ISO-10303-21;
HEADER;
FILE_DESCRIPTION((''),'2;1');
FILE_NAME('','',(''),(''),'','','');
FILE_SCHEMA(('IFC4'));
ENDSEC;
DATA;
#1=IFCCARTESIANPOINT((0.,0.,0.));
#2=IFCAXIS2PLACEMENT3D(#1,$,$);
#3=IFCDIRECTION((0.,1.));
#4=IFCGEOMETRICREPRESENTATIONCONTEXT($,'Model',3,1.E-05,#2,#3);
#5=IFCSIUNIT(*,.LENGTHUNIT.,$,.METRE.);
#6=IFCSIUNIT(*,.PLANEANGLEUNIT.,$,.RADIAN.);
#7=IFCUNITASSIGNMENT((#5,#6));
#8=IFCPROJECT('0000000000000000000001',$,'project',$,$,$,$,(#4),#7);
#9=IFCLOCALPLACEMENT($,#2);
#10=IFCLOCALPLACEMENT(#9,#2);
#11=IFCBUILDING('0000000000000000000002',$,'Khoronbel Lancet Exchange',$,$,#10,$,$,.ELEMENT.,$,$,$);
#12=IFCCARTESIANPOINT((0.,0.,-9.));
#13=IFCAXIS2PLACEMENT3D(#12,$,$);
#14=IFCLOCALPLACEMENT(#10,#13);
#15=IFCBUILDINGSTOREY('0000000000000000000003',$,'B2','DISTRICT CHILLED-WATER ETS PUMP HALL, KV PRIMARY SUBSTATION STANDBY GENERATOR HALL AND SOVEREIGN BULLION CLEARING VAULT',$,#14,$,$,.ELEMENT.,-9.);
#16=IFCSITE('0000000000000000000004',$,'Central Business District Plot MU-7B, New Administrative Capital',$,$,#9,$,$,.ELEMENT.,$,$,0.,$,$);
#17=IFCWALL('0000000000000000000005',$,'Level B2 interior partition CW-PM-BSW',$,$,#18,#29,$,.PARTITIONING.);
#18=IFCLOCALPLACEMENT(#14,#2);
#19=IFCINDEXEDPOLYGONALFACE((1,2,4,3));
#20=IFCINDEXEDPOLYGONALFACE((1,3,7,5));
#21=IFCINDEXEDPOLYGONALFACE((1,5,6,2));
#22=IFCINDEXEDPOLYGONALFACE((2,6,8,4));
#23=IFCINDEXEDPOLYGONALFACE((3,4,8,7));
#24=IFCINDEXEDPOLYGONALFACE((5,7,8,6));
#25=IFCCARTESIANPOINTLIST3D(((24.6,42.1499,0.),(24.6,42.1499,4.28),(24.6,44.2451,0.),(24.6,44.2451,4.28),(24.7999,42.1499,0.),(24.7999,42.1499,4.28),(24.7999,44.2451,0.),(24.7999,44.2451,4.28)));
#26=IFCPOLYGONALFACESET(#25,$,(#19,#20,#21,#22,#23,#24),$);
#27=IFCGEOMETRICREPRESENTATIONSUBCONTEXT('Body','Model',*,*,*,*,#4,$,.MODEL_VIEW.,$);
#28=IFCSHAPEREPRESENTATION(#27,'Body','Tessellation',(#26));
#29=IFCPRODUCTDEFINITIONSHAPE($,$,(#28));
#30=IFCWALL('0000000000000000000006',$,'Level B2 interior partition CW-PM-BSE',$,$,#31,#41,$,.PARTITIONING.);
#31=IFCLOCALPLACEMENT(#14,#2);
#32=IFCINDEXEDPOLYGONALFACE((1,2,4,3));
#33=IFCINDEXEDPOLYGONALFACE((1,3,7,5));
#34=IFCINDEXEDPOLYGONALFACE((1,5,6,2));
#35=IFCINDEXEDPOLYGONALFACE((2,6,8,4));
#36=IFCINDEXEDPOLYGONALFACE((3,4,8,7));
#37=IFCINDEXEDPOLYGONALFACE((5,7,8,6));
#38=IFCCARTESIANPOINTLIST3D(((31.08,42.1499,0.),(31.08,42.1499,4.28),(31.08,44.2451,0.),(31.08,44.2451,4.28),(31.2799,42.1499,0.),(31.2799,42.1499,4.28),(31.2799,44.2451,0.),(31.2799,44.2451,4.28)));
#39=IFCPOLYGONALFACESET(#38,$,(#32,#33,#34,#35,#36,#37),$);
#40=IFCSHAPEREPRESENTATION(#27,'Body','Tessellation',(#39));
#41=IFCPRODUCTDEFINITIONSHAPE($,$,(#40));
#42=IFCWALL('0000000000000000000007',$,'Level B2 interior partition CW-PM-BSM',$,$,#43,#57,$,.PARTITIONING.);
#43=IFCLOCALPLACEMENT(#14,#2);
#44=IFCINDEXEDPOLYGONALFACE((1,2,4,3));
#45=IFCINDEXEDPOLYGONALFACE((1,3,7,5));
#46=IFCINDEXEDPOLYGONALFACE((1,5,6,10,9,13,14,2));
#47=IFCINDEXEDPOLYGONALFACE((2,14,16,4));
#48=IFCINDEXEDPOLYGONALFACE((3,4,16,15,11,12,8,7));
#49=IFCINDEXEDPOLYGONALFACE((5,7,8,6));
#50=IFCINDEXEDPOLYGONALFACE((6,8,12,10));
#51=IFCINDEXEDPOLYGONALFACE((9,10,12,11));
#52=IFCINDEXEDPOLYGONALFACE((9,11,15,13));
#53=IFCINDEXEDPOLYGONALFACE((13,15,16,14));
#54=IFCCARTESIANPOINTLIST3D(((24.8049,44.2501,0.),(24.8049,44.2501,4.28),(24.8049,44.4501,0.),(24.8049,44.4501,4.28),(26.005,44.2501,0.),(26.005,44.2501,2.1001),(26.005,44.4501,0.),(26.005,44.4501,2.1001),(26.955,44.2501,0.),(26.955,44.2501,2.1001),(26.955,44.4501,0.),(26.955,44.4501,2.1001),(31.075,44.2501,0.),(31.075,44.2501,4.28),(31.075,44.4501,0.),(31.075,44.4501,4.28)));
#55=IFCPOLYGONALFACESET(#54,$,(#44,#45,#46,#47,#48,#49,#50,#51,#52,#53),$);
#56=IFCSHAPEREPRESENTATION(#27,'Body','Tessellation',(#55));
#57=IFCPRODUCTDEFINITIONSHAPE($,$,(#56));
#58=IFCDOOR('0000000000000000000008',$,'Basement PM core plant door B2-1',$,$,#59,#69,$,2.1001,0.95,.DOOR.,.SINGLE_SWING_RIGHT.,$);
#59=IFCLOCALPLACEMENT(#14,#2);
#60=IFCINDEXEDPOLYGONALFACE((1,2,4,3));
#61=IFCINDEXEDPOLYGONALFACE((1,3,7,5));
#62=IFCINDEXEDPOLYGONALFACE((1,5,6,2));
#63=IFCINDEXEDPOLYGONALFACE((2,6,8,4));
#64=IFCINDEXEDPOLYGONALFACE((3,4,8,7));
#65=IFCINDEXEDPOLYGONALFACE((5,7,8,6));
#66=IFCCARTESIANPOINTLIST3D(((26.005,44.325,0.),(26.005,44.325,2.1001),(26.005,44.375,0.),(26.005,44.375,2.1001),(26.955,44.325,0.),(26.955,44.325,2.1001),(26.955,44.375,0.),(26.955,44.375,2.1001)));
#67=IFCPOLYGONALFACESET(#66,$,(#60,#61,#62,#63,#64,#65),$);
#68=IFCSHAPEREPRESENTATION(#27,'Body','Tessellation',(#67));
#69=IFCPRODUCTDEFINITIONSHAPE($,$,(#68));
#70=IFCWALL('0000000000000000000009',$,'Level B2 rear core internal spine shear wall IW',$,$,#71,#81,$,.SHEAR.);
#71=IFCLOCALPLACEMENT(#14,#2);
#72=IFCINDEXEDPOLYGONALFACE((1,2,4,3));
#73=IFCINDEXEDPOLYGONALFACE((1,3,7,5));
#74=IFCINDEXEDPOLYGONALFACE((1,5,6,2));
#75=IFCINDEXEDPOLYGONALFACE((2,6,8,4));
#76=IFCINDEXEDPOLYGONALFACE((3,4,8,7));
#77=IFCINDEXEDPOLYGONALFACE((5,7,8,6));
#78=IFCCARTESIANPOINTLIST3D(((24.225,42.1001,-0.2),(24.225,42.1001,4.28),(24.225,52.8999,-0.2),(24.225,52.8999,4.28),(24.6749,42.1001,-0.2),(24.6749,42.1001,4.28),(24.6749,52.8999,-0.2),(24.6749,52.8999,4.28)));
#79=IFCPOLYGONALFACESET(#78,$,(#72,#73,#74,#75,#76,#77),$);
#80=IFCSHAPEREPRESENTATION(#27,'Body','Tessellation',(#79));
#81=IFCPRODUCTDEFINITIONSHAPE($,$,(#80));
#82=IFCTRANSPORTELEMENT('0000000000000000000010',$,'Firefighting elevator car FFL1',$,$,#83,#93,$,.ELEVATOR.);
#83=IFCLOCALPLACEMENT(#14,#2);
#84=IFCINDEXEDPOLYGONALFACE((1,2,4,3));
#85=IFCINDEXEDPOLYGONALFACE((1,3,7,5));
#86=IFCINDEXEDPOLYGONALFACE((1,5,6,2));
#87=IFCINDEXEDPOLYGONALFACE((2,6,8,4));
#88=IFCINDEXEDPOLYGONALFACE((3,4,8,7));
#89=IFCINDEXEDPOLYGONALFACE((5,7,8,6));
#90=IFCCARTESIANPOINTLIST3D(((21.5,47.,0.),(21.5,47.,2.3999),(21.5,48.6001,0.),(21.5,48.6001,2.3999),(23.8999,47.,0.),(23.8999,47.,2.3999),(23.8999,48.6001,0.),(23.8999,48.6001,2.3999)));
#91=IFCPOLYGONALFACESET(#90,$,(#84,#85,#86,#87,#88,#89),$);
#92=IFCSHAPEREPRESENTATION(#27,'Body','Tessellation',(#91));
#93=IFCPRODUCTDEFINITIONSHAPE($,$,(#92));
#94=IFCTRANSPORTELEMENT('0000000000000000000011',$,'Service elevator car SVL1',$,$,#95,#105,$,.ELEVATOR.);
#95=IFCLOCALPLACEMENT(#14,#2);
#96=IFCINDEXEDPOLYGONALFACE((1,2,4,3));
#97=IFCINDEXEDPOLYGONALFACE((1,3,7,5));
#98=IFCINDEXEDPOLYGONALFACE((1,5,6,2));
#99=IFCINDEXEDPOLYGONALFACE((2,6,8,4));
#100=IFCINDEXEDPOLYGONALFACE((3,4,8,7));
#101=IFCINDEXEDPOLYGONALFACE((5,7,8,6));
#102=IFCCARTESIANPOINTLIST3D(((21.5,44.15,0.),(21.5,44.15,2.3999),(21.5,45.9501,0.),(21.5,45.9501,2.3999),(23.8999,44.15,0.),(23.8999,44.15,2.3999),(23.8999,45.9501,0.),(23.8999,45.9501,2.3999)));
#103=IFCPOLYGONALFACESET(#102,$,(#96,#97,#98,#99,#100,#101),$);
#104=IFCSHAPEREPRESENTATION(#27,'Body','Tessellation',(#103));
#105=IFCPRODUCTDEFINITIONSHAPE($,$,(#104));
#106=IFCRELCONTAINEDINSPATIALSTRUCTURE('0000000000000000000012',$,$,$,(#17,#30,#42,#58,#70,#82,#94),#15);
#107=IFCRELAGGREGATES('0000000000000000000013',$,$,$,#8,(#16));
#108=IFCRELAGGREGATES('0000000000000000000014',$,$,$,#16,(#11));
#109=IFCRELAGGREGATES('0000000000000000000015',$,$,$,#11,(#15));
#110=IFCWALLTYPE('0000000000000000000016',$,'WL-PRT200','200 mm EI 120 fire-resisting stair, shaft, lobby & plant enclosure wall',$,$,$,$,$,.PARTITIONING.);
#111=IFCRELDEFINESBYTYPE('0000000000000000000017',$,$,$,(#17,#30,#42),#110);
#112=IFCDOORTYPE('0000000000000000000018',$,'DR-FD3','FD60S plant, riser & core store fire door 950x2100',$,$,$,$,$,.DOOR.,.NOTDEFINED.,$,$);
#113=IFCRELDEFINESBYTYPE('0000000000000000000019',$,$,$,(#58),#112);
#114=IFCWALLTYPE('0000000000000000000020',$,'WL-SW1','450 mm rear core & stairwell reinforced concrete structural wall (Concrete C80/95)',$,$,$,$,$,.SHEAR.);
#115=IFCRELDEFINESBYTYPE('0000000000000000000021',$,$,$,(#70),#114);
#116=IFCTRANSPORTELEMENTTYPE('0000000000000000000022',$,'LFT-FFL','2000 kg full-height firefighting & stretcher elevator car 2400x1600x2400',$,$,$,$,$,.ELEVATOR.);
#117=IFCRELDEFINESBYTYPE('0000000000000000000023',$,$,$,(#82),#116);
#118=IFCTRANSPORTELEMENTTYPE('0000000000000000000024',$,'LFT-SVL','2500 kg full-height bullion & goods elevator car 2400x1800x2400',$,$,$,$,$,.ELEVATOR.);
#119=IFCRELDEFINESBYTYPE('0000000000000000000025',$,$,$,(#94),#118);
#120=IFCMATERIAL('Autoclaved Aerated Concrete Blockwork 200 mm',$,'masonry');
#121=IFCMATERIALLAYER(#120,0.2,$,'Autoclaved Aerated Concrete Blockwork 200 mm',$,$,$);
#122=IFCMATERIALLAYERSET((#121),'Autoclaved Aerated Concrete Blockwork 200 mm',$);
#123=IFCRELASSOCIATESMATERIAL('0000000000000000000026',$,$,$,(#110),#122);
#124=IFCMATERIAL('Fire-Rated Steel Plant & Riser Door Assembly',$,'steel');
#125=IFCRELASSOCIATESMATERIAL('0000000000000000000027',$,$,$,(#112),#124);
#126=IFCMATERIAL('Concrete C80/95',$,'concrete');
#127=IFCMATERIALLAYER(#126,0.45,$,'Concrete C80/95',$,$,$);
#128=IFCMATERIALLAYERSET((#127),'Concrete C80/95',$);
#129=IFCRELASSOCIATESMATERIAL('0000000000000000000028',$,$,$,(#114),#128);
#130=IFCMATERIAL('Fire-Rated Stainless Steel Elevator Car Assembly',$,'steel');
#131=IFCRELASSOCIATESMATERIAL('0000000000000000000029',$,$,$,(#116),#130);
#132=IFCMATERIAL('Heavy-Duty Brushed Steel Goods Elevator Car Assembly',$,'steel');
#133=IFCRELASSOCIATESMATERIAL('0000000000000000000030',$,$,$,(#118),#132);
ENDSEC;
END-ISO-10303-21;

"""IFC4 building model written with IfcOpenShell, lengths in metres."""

from ifc_helpers import new_model, si_unit, direction, frame, frame_2d, origin, origin_2d, place, context, subcontext, project, spatial, rectangle, extrude, material, layer, layer_set, type_object, element, fill, save


model = new_model("IFC4")

# Units and contexts
model_context = context("Model", 3, precision=1e-05, world=origin(), true_north=direction((0.0, 1.0)))
body_context = subcontext(model_context, "Body", "Model", "MODEL_VIEW")
ifc_project = project(units=[si_unit("LENGTHUNIT", "METRE"), si_unit("PLANEANGLEUNIT", "RADIAN")], contexts=[model_context])

# Site, building, storey
site_placement = place(None, origin())
site = spatial("IfcSite", under=ifc_project, at=site_placement, Name="Central Business District Plot MU-7B, New Administrative Capital", CompositionType="ELEMENT", RefElevation=0.0)
building_placement = place(site_placement, origin())
building = spatial("IfcBuilding", under=site, at=building_placement, Name="Khoronbel Lancet Exchange", CompositionType="ELEMENT")
storey_placement = place(building_placement, frame((0.0, 0.0, -9.0)))
storey = spatial("IfcBuildingStorey", under=building, at=storey_placement, Name="B2", Description="DISTRICT CHILLED-WATER ETS PUMP HALL, KV PRIMARY SUBSTATION STANDBY GENERATOR HALL AND SOVEREIGN BULLION CLEARING VAULT", CompositionType="ELEMENT", Elevation=-9.0)

# Shared definitions
ifc_material_1 = material(Name="Concrete C80/95", Category="concrete")

# Shared definitions
ifc_material_2 = material(Name="Autoclaved Aerated Concrete Blockwork 200 mm", Category="masonry")
ifc_layer_1 = layer(ifc_material_2, 0.2, Name="Autoclaved Aerated Concrete Blockwork 200 mm")
ifc_layer_set_1 = layer_set([ifc_layer_1], Name="Autoclaved Aerated Concrete Blockwork 200 mm")
wall_type_1 = type_object("IfcWallType", Name="WL-PRT200", Description="200 mm EI 120 fire-resisting stair, shaft, lobby & plant enclosure wall", PredefinedType="PARTITIONING", material=ifc_layer_set_1)

# Shared definitions
ifc_material_3 = material(Name="Fire-Rated Steel Plant & Riser Door Assembly", Category="steel")
door_type_1 = type_object("IfcDoorType", Name="DR-FD3", Description="FD60S plant, riser & core store fire door 950x2100", OperationType="NOTDEFINED", PredefinedType="DOOR", material=ifc_material_3)

# Walls
for number, where, z_axis, x_axis, name in (
    (1, (24.7, 42.1499, 0.0), (0.0, 0.0, 1.0), (0.0, 1.0, 0.0), "Level B2 interior partition CW-PM-BSW"),
    (2, (31.1799, 42.1499, 0.0), (0.0, 0.0, 1.0), (0.0, 1.0, 0.0), "Level B2 interior partition CW-PM-BSE"),
):
    element("IfcWall", number, at=place(storey_placement, frame(where, z_axis=z_axis, x_axis=x_axis)), inside=storey, type_object=wall_type_1, Name=name, PredefinedType="PARTITIONING", context=body_context, shape_type="SweptSolid", body=[
        extrude(rectangle(XDim=2.0952, YDim=0.2, at=frame_2d((1.0476, 0.0))), origin(), (0.0, 0.0, 1.0), 4.28),
    ])

# Wall, opening, door
wall_1_placement = place(storey_placement, frame((24.8049, 44.3501, 0.0), z_axis=(0.0, 0.0, 1.0), x_axis=(1.0, 0.0, 0.0)))
wall_1 = element("IfcWall", 3, at=wall_1_placement, inside=storey, type_object=wall_type_1, Name="Level B2 interior partition CW-PM-BSM", PredefinedType="PARTITIONING", context=body_context, shape_type="SweptSolid", body=[
    extrude(rectangle(XDim=6.27, YDim=0.2, at=frame_2d((3.135, 0.0))), origin(), (0.0, 0.0, 1.0), 4.28),
])
opening_1_placement = place(wall_1_placement, frame((1.2, 0.0, 0.0)))
opening_1 = element("IfcOpeningElement", 4, at=opening_1_placement, cuts=wall_1, PredefinedType="OPENING", context=body_context, shape_type="SweptSolid", body=[
    extrude(rectangle(XDim=0.95, YDim=2.1001, at=frame_2d((0.4751, 1.05))), frame((0.0, 0.1099, 0.0), z_axis=(0.0, -1.0, 0.0), x_axis=(1.0, 0.0, 0.0)), (0.0, 0.0, 1.0), 0.22),
])
door_1_placement = place(opening_1_placement, origin())
door_1 = element("IfcDoor", 5, at=door_1_placement, inside=storey, type_object=door_type_1, Name="Basement PM core plant door B2-1", OperationType="SINGLE_SWING_RIGHT", OverallHeight=2.1001, OverallWidth=0.95, PredefinedType="DOOR", context=body_context, shape_type="SweptSolid", body=[
    extrude(rectangle(XDim=0.95, YDim=2.1001, at=frame_2d((0.4751, 1.05))), frame((0.0, 0.0249, 0.0), z_axis=(0.0, -1.0, 0.0), x_axis=(1.0, 0.0, 0.0)), (0.0, 0.0, 1.0), 0.05),
])
fill(opening_1, door_1)

# Wall
ifc_layer_2 = layer(ifc_material_1, 0.45, Name="Concrete C80/95")
ifc_layer_set_2 = layer_set([ifc_layer_2], Name="Concrete C80/95")
wall_type_2 = type_object("IfcWallType", Name="WL-SW1", Description="450 mm rear core & stairwell reinforced concrete structural wall (Concrete C80/95)", PredefinedType="SHEAR", material=ifc_layer_set_2)
wall_2_placement = place(storey_placement, frame((24.45, 42.1001, -0.2), z_axis=(0.0, 0.0, 1.0), x_axis=(0.0, 1.0, 0.0)))
element("IfcWall", 6, at=wall_2_placement, inside=storey, type_object=wall_type_2, Name="Level B2 rear core internal spine shear wall IW", PredefinedType="SHEAR", context=body_context, shape_type="SweptSolid", body=[
    extrude(rectangle(XDim=10.7998, YDim=0.45, at=frame_2d((5.3999, 0.0))), origin(), (0.0, 0.0, 1.0), 4.48),
])

# Transport elements
ifc_material_4 = material(Name="Fire-Rated Stainless Steel Elevator Car Assembly", Category="steel")
transport_element_type_1 = type_object("IfcTransportElementType", Name="LFT-FFL", Description="2000 kg full-height firefighting & stretcher elevator car 2400x1600x2400", PredefinedType="ELEVATOR", material=ifc_material_4)
transport_element_1_placement = place(storey_placement, frame((22.7, 47.8, 0.0), z_axis=(0.0, 0.0, 1.0), x_axis=(1.0, 0.0, 0.0)))
element("IfcTransportElement", 7, at=transport_element_1_placement, inside=storey, type_object=transport_element_type_1, Name="Firefighting elevator car FFL1", PredefinedType="ELEVATOR", context=body_context, shape_type="SweptSolid", body=[
    extrude(rectangle(XDim=2.3999, YDim=1.6001, at=origin_2d()), origin(), (0.0, 0.0, 1.0), 2.3999),
])
ifc_material_5 = material(Name="Heavy-Duty Brushed Steel Goods Elevator Car Assembly", Category="steel")
transport_element_type_2 = type_object("IfcTransportElementType", Name="LFT-SVL", Description="2500 kg full-height bullion & goods elevator car 2400x1800x2400", PredefinedType="ELEVATOR", material=ifc_material_5)
transport_element_2_placement = place(storey_placement, frame((22.7, 45.05, 0.0), z_axis=(0.0, 0.0, 1.0), x_axis=(1.0, 0.0, 0.0)))
element("IfcTransportElement", 8, at=transport_element_2_placement, inside=storey, type_object=transport_element_type_2, Name="Service elevator car SVL1", PredefinedType="ELEVATOR", context=body_context, shape_type="SweptSolid", body=[
    extrude(rectangle(XDim=2.3999, YDim=1.8, at=origin_2d()), origin(), (0.0, 0.0, 1.0), 2.3999),
])

save(model, "model.ifc")
